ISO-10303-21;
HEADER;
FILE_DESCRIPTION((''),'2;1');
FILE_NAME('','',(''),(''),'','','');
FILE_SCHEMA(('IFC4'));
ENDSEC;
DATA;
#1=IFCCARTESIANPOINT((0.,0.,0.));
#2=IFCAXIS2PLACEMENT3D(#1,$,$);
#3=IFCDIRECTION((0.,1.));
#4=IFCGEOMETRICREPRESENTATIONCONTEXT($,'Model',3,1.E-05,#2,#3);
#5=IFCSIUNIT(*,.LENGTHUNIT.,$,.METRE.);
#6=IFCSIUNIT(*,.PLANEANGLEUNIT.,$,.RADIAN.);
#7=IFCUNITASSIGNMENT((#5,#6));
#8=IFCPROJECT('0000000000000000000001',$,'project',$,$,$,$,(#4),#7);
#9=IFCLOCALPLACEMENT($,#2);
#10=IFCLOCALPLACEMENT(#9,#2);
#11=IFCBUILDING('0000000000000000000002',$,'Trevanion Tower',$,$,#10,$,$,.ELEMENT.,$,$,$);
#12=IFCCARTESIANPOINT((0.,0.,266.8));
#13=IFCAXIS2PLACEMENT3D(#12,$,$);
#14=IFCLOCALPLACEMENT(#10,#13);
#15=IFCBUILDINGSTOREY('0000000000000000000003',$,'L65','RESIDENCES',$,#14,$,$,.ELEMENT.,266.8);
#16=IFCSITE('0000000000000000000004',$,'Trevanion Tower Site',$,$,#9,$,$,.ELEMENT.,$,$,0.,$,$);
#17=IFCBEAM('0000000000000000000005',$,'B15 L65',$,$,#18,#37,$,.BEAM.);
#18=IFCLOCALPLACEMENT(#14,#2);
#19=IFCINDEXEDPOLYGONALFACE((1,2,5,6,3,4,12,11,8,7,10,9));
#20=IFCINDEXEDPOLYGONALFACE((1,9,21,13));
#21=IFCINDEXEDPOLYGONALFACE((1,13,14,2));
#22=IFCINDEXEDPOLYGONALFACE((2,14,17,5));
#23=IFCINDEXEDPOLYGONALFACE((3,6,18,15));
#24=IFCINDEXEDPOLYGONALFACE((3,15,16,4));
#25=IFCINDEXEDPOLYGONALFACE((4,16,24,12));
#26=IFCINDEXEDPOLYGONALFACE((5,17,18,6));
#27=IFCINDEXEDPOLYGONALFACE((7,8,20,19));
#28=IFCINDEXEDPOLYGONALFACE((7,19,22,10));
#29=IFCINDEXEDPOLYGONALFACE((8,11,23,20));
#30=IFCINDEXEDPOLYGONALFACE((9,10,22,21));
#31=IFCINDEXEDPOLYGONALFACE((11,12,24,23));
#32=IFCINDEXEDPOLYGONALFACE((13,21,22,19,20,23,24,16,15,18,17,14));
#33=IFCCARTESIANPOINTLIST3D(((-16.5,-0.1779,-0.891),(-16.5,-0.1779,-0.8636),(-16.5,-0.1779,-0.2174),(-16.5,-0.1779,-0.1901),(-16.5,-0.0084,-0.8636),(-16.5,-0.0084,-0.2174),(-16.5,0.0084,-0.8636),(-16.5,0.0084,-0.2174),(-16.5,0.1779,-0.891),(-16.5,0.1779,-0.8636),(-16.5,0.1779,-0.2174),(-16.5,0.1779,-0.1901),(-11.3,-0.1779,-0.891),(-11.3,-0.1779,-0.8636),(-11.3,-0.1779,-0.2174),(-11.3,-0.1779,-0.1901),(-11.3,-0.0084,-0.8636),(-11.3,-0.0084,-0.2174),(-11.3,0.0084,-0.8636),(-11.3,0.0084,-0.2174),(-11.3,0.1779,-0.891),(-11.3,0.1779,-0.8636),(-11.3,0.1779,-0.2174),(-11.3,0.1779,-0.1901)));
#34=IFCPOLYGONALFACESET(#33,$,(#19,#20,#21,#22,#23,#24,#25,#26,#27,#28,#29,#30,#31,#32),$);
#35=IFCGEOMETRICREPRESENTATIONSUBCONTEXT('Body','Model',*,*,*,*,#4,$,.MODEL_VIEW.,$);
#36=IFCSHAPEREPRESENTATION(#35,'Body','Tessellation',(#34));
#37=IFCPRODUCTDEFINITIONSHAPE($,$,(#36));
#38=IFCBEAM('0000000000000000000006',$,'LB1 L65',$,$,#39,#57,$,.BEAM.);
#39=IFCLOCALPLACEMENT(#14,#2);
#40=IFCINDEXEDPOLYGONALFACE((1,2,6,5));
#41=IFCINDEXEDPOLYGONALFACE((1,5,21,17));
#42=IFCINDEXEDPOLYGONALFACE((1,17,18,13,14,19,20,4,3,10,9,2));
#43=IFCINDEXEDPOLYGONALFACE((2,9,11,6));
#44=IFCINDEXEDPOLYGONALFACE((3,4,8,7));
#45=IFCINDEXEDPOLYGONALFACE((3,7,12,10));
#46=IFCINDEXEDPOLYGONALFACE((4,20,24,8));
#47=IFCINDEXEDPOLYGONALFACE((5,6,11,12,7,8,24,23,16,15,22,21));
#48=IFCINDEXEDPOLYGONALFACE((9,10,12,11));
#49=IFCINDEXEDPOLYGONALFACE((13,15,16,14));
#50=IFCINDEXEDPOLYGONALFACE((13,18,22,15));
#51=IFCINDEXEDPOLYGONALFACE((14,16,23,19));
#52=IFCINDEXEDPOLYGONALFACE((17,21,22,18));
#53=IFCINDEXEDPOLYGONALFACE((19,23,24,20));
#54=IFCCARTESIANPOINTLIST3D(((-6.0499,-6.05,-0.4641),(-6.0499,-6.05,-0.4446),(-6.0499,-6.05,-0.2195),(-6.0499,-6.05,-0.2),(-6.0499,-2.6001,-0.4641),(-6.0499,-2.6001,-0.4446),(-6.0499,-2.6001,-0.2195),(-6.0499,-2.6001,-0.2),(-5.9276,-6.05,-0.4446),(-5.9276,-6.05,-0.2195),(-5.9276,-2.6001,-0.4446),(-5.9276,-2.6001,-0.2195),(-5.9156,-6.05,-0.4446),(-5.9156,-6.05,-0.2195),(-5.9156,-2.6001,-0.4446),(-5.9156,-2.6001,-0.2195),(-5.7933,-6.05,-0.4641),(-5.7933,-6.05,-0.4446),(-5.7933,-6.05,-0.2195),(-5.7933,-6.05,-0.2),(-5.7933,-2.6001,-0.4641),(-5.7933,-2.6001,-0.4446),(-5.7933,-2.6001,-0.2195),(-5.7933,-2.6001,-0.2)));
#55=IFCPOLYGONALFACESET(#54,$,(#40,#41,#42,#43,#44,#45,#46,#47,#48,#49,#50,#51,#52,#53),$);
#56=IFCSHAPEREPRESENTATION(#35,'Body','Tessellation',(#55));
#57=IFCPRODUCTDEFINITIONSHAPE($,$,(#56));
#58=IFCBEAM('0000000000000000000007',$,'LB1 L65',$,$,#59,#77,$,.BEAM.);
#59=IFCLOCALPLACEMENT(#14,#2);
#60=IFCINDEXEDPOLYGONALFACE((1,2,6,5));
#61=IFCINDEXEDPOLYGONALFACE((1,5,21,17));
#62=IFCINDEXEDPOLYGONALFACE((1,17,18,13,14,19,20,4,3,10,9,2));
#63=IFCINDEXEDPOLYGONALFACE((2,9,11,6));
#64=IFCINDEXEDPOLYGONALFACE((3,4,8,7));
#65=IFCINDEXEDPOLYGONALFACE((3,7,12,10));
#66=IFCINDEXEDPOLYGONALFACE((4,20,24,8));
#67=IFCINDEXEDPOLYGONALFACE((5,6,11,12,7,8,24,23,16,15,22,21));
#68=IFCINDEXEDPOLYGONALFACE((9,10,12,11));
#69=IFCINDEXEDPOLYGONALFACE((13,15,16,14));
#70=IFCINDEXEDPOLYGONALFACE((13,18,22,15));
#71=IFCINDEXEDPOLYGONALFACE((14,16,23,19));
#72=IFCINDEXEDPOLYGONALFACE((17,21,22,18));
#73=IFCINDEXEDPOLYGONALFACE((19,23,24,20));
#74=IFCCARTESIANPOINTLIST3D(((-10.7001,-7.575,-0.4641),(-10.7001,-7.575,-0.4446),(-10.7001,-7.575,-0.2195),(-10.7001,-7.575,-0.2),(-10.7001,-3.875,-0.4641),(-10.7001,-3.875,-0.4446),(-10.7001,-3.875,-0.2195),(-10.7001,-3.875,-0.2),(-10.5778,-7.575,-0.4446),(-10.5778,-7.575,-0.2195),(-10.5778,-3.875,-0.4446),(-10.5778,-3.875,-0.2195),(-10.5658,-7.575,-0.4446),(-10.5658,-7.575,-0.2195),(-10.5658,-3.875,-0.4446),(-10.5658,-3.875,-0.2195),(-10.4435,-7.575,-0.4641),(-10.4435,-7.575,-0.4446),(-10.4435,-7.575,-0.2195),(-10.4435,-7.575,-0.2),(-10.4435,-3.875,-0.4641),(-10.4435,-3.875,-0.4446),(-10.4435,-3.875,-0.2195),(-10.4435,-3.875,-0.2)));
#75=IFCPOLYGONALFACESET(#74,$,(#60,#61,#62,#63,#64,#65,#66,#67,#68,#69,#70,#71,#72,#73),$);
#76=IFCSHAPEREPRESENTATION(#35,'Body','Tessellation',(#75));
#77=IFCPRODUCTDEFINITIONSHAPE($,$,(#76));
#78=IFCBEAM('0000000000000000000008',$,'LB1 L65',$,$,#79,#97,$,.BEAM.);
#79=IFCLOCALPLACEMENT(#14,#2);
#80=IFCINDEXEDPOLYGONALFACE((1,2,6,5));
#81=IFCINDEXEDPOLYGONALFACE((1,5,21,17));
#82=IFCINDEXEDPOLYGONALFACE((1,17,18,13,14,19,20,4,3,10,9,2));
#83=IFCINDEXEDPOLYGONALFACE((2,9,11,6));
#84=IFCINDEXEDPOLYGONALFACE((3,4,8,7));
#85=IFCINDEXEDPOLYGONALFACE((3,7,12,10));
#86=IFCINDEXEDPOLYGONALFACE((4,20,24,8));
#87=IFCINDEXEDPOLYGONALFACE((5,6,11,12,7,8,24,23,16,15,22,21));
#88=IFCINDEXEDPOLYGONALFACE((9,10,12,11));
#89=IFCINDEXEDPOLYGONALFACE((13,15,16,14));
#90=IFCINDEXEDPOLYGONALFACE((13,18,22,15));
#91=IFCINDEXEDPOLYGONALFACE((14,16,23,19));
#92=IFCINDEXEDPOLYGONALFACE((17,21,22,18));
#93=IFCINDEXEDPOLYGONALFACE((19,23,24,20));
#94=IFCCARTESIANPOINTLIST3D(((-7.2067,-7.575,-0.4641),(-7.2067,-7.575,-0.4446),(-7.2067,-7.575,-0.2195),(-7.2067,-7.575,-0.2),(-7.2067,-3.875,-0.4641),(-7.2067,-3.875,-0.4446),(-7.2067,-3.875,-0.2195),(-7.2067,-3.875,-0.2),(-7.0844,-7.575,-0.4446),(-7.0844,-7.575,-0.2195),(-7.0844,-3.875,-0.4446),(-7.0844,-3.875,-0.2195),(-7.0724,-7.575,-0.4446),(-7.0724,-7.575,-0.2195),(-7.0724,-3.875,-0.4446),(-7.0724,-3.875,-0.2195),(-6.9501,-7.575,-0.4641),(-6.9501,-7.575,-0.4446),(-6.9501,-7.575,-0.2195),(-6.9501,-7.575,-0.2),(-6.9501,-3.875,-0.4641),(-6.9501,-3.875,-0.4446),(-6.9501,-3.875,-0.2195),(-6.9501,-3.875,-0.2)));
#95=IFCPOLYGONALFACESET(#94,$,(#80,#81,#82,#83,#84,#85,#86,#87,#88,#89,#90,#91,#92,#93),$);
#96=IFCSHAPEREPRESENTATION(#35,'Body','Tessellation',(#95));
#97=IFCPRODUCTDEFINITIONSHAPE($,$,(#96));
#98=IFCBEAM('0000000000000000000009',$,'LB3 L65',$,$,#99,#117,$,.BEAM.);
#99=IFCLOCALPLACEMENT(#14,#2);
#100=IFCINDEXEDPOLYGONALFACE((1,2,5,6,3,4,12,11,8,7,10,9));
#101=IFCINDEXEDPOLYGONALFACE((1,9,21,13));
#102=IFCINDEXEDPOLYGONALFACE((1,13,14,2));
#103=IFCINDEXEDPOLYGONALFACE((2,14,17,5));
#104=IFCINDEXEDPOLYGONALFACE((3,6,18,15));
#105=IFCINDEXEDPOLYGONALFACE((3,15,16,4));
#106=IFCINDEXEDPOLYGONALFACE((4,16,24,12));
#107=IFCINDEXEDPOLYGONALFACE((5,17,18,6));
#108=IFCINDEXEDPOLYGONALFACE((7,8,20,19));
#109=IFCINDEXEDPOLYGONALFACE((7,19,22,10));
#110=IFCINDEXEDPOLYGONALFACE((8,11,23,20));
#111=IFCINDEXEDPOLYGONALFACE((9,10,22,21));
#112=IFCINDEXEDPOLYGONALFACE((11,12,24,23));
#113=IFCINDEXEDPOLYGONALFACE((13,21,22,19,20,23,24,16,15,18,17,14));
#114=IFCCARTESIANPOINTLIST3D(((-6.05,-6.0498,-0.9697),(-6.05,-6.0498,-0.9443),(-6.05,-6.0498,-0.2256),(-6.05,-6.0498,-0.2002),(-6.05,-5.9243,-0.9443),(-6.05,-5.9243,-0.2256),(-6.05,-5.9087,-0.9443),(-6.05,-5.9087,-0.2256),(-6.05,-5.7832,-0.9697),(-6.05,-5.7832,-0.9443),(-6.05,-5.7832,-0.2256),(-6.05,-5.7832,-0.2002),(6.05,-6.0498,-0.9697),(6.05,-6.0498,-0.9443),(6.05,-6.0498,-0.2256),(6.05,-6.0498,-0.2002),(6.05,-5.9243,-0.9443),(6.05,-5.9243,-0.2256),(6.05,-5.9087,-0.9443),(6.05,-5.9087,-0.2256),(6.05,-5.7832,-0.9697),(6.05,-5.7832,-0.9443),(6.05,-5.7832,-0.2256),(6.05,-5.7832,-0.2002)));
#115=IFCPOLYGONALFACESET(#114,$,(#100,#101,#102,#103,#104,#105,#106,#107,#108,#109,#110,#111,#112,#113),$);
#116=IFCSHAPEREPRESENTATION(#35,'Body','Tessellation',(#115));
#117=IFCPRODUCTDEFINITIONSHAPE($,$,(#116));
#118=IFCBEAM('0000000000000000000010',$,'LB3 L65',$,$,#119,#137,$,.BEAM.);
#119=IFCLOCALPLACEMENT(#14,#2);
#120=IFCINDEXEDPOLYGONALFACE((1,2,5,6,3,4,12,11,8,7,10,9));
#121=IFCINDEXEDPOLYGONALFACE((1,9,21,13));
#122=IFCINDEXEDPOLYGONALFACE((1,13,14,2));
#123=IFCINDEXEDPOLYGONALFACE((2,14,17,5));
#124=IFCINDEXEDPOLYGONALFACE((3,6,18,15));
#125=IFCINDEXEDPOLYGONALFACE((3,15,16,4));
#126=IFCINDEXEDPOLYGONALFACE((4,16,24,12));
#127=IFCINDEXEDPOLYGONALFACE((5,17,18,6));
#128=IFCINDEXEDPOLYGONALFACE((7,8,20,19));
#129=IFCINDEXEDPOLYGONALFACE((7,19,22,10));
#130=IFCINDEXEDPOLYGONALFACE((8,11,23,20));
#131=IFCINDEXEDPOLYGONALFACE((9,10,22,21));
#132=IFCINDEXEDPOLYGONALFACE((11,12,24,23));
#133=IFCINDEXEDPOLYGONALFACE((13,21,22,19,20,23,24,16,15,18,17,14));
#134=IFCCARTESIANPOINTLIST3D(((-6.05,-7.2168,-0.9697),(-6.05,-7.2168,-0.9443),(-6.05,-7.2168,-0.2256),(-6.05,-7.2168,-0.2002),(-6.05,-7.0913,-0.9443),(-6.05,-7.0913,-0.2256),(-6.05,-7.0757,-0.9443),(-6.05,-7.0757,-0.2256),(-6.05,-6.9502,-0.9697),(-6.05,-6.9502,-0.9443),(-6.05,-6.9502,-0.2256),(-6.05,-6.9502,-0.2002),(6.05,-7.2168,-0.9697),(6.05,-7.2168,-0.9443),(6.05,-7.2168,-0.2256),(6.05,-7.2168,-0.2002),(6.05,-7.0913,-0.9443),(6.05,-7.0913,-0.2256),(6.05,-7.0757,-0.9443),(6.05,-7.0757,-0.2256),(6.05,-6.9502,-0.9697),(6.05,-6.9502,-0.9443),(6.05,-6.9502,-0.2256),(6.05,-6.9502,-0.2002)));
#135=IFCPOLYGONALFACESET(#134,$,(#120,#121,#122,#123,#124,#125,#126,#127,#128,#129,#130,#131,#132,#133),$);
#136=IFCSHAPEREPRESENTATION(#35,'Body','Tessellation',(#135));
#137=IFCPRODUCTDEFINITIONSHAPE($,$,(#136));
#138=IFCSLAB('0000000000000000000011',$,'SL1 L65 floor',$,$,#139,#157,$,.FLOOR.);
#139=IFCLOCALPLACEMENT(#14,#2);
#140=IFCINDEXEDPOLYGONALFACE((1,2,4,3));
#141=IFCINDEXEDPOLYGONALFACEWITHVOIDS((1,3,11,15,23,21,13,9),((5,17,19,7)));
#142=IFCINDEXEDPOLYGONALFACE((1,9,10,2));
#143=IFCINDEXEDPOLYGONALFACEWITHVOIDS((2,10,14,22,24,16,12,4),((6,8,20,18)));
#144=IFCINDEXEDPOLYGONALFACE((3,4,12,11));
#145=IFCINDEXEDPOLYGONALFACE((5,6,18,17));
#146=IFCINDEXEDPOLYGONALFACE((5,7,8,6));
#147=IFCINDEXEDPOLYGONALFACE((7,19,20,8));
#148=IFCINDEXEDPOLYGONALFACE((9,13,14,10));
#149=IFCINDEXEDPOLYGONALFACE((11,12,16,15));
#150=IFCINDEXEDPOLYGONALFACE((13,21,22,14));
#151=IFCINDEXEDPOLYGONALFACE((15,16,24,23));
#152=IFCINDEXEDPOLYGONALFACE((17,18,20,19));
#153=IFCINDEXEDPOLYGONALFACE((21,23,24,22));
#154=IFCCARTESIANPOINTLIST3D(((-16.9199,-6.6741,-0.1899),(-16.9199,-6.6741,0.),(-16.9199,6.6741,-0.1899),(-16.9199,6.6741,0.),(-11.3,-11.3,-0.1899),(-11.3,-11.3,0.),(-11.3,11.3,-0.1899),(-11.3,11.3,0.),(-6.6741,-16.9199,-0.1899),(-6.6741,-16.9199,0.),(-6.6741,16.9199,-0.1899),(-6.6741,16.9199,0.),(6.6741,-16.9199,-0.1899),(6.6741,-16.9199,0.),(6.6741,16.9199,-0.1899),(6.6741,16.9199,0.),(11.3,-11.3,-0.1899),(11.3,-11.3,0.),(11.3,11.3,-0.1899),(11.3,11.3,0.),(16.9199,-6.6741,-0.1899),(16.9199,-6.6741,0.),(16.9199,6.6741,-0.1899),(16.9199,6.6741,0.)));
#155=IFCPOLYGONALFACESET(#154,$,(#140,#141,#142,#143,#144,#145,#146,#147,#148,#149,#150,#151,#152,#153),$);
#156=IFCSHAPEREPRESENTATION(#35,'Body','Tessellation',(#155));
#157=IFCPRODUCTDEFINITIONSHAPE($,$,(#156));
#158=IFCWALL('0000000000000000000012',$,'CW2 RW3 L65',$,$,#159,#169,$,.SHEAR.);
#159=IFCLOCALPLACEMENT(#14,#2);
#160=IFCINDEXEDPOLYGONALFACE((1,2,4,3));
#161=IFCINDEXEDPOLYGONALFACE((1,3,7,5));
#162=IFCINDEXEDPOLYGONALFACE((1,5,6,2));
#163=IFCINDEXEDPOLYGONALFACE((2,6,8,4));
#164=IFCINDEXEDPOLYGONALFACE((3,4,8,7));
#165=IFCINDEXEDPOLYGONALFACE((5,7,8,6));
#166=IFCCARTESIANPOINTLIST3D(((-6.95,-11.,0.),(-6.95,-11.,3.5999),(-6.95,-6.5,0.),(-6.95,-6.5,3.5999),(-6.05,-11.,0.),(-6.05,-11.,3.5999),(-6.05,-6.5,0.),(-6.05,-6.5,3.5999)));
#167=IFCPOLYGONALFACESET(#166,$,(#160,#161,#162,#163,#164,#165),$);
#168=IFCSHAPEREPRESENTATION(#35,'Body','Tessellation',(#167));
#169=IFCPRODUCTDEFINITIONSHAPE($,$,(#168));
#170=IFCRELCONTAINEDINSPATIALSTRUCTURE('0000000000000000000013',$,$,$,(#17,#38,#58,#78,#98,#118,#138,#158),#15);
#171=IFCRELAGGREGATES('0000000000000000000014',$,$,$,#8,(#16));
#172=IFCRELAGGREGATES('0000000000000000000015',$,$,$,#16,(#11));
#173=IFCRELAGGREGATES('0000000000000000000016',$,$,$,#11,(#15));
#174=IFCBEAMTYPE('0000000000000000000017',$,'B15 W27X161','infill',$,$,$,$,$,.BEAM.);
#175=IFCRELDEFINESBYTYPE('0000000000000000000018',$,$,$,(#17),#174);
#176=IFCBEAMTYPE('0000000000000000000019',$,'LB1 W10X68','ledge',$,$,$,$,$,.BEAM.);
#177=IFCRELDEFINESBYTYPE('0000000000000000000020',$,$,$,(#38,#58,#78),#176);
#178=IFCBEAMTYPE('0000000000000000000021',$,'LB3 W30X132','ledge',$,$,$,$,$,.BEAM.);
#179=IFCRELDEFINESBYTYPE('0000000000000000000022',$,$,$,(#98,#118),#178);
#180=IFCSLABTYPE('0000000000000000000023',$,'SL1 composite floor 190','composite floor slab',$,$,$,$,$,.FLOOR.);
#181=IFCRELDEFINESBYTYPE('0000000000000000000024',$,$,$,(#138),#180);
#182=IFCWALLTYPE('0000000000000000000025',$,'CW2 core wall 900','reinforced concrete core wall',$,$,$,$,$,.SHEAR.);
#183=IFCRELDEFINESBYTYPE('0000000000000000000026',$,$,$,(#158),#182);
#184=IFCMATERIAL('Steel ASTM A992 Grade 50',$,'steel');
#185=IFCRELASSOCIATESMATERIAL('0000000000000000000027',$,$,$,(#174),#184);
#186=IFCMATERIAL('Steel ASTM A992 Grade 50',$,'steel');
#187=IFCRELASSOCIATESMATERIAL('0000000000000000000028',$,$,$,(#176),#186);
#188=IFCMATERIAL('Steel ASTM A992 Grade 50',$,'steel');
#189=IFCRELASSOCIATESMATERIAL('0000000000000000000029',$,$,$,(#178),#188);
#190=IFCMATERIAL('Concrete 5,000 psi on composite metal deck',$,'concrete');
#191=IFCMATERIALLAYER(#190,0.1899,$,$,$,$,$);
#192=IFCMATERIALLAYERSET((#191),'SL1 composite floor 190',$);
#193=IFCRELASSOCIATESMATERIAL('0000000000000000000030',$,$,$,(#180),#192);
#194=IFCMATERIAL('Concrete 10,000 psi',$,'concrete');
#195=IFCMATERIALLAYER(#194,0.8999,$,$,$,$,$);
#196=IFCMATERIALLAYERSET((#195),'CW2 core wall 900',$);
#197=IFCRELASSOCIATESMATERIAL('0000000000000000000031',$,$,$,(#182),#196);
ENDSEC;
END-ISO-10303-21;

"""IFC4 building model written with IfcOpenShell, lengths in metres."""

from ifc_helpers import new_model, si_unit, direction, frame, frame_2d, origin, origin_2d, place, context, subcontext, project, spatial, polyline, rectangle, i_section, outline, extrude, material, layer, layer_set, material_profile, profile_set, type_object, element, save


model = new_model("IFC4")

# Units and contexts
model_context = context("Model", 3, precision=1e-05, world=origin(), true_north=direction((0.0, 1.0)))
body_context = subcontext(model_context, "Body", "Model", "MODEL_VIEW")
ifc_project = project(units=[si_unit("LENGTHUNIT", "METRE"), si_unit("PLANEANGLEUNIT", "RADIAN")], contexts=[model_context])

# Site, building, storey
site_placement = place(None, origin())
site = spatial("IfcSite", under=ifc_project, at=site_placement, Name="Trevanion Tower Site", CompositionType="ELEMENT", RefElevation=0.0)
building_placement = place(site_placement, origin())
building = spatial("IfcBuilding", under=site, at=building_placement, Name="Trevanion Tower", CompositionType="ELEMENT")
storey_placement = place(building_placement, frame((0.0, 0.0, 266.8)))
storey = spatial("IfcBuildingStorey", under=building, at=storey_placement, Name="L65", Description="RESIDENCES", CompositionType="ELEMENT", Elevation=266.8)

# Beams
ifc_material_1 = material(Name="Steel ASTM A992 Grade 50", Category="steel")
ifc_material_profile_1 = material_profile(ifc_material_1, i_section(OverallWidth=0.3557, OverallDepth=0.7009, WebThickness=0.0168, FlangeThickness=0.0273, at=origin_2d()), Name="W27X161")
ifc_profile_set_1 = profile_set([ifc_material_profile_1], Name="Steel ASTM A992 Grade 50")
beam_type_1 = type_object("IfcBeamType", Name="B15 W27X161", Description="infill", PredefinedType="BEAM", material=ifc_profile_set_1)
beam_1_placement = place(storey_placement, frame((-11.3, 0.0, -0.5405), z_axis=(-1.0, 0.0, 0.0), x_axis=(0.0, -1.0, 0.0)))
element("IfcBeam", 1, at=beam_1_placement, inside=storey, type_object=beam_type_1, Name="B15 L65", PredefinedType="BEAM", context=body_context, shape_type="SweptSolid", body=[
    extrude(i_section(OverallWidth=0.3557, OverallDepth=0.7009, WebThickness=0.0168, FlangeThickness=0.0273, at=origin_2d()), origin(), (0.0, 0.0, 1.0), 5.2),
])
ifc_material_2 = material(Name="Steel ASTM A992 Grade 50", Category="steel")
ifc_material_profile_2 = material_profile(ifc_material_2, i_section(OverallWidth=0.2566, OverallDepth=0.2642, WebThickness=0.012, FlangeThickness=0.0195, at=origin_2d()), Name="W10X68")
ifc_profile_set_2 = profile_set([ifc_material_profile_2], Name="Steel ASTM A992 Grade 50")
beam_type_2 = type_object("IfcBeamType", Name="LB1 W10X68", Description="ledge", PredefinedType="BEAM", material=ifc_profile_set_2)
beam_2_placement = place(storey_placement, frame((-5.9216, -6.05, -0.332), z_axis=(0.0, 1.0, 0.0), x_axis=(-1.0, 0.0, 0.0)))
element("IfcBeam", 2, at=beam_2_placement, inside=storey, type_object=beam_type_2, Name="LB1 L65", PredefinedType="BEAM", context=body_context, shape_type="SweptSolid", body=[
    extrude(i_section(OverallWidth=0.2566, OverallDepth=0.2642, WebThickness=0.012, FlangeThickness=0.0195, at=origin_2d()), origin(), (0.0, 0.0, 1.0), 3.45),
])
for number, where, z_axis, x_axis, name in (
    (3, (-10.5718, -7.575, -0.332), (0.0, 1.0, 0.0), (-1.0, 0.0, 0.0), "LB1 L65"),
    (4, (-7.0784, -7.575, -0.332), (0.0, 1.0, 0.0), (-1.0, 0.0, 0.0), "LB1 L65"),
):
    element("IfcBeam", number, at=place(storey_placement, frame(where, z_axis=z_axis, x_axis=x_axis)), inside=storey, type_object=beam_type_2, Name=name, PredefinedType="BEAM", context=body_context, shape_type="SweptSolid", body=[
        extrude(i_section(OverallWidth=0.2566, OverallDepth=0.2642, WebThickness=0.012, FlangeThickness=0.0195, at=origin_2d()), origin(), (0.0, 0.0, 1.0), 3.7),
    ])
ifc_material_3 = material(Name="Steel ASTM A992 Grade 50", Category="steel")
ifc_material_profile_3 = material_profile(ifc_material_3, i_section(OverallWidth=0.2666, OverallDepth=0.7695, WebThickness=0.0156, FlangeThickness=0.0254, at=origin_2d()), Name="W30X132")
ifc_profile_set_3 = profile_set([ifc_material_profile_3], Name="Steel ASTM A992 Grade 50")
beam_type_3 = type_object("IfcBeamType", Name="LB3 W30X132", Description="ledge", PredefinedType="BEAM", material=ifc_profile_set_3)
for number, where, z_axis, x_axis, name in (
    (5, (-6.05, -5.9165, -0.585), (1.0, 0.0, 0.0), (0.0, 1.0, 0.0), "LB3 L65"),
    (6, (-6.05, -7.0835, -0.585), (1.0, 0.0, 0.0), (0.0, 1.0, 0.0), "LB3 L65"),
):
    element("IfcBeam", number, at=place(storey_placement, frame(where, z_axis=z_axis, x_axis=x_axis)), inside=storey, type_object=beam_type_3, Name=name, PredefinedType="BEAM", context=body_context, shape_type="SweptSolid", body=[
        extrude(i_section(OverallWidth=0.2666, OverallDepth=0.7695, WebThickness=0.0156, FlangeThickness=0.0254, at=origin_2d()), origin(), (0.0, 0.0, 1.0), 12.1001),
    ])

# Slab
ifc_material_4 = material(Name="Concrete 5,000 psi on composite metal deck", Category="concrete")
ifc_layer_1 = layer(ifc_material_4, 0.1899)
ifc_layer_set_1 = layer_set([ifc_layer_1], Name="SL1 composite floor 190")
slab_type = type_object("IfcSlabType", Name="SL1 composite floor 190", Description="composite floor slab", PredefinedType="FLOOR", material=ifc_layer_set_1)
slab_placement = place(storey_placement, frame((0.0, 0.0, -0.1899)))
element("IfcSlab", 7, at=slab_placement, inside=storey, type_object=slab_type, Name="SL1 L65 floor", PredefinedType="FLOOR", context=body_context, shape_type="SweptSolid", body=[
    extrude(outline(polyline([(16.9199, -6.6741), (16.9199, 6.6741), (6.6741, 16.9199), (-6.6741, 16.9199), (-16.9199, 6.6741), (-16.9199, -6.6741), (-6.6741, -16.9199), (6.6741, -16.9199), (16.9199, -6.6741)]), holes=[polyline([(11.3, -11.3), (11.3, 11.3), (-11.3, 11.3), (-11.3, -11.3), (11.3, -11.3)])]), origin(), (0.0, 0.0, 1.0), 0.1899),
])

# Wall
ifc_material_5 = material(Name="Concrete 10,000 psi", Category="concrete")
ifc_layer_2 = layer(ifc_material_5, 0.8999)
ifc_layer_set_2 = layer_set([ifc_layer_2], Name="CW2 core wall 900")
wall_type_1 = type_object("IfcWallType", Name="CW2 core wall 900", Description="reinforced concrete core wall", PredefinedType="SHEAR", material=ifc_layer_set_2)
wall_1_placement = place(storey_placement, frame((-6.5, -6.5, 0.0), z_axis=(0.0, 0.0, 1.0), x_axis=(0.0, -1.0, 0.0)))
element("IfcWall", 8, at=wall_1_placement, inside=storey, type_object=wall_type_1, Name="CW2 RW3 L65", PredefinedType="SHEAR", context=body_context, shape_type="SweptSolid", body=[
    extrude(rectangle(XDim=4.5, YDim=0.8999, at=frame_2d((2.25, 0.0))), origin(), (0.0, 0.0, 1.0), 3.5999),
])

save(model, "model.ifc")
